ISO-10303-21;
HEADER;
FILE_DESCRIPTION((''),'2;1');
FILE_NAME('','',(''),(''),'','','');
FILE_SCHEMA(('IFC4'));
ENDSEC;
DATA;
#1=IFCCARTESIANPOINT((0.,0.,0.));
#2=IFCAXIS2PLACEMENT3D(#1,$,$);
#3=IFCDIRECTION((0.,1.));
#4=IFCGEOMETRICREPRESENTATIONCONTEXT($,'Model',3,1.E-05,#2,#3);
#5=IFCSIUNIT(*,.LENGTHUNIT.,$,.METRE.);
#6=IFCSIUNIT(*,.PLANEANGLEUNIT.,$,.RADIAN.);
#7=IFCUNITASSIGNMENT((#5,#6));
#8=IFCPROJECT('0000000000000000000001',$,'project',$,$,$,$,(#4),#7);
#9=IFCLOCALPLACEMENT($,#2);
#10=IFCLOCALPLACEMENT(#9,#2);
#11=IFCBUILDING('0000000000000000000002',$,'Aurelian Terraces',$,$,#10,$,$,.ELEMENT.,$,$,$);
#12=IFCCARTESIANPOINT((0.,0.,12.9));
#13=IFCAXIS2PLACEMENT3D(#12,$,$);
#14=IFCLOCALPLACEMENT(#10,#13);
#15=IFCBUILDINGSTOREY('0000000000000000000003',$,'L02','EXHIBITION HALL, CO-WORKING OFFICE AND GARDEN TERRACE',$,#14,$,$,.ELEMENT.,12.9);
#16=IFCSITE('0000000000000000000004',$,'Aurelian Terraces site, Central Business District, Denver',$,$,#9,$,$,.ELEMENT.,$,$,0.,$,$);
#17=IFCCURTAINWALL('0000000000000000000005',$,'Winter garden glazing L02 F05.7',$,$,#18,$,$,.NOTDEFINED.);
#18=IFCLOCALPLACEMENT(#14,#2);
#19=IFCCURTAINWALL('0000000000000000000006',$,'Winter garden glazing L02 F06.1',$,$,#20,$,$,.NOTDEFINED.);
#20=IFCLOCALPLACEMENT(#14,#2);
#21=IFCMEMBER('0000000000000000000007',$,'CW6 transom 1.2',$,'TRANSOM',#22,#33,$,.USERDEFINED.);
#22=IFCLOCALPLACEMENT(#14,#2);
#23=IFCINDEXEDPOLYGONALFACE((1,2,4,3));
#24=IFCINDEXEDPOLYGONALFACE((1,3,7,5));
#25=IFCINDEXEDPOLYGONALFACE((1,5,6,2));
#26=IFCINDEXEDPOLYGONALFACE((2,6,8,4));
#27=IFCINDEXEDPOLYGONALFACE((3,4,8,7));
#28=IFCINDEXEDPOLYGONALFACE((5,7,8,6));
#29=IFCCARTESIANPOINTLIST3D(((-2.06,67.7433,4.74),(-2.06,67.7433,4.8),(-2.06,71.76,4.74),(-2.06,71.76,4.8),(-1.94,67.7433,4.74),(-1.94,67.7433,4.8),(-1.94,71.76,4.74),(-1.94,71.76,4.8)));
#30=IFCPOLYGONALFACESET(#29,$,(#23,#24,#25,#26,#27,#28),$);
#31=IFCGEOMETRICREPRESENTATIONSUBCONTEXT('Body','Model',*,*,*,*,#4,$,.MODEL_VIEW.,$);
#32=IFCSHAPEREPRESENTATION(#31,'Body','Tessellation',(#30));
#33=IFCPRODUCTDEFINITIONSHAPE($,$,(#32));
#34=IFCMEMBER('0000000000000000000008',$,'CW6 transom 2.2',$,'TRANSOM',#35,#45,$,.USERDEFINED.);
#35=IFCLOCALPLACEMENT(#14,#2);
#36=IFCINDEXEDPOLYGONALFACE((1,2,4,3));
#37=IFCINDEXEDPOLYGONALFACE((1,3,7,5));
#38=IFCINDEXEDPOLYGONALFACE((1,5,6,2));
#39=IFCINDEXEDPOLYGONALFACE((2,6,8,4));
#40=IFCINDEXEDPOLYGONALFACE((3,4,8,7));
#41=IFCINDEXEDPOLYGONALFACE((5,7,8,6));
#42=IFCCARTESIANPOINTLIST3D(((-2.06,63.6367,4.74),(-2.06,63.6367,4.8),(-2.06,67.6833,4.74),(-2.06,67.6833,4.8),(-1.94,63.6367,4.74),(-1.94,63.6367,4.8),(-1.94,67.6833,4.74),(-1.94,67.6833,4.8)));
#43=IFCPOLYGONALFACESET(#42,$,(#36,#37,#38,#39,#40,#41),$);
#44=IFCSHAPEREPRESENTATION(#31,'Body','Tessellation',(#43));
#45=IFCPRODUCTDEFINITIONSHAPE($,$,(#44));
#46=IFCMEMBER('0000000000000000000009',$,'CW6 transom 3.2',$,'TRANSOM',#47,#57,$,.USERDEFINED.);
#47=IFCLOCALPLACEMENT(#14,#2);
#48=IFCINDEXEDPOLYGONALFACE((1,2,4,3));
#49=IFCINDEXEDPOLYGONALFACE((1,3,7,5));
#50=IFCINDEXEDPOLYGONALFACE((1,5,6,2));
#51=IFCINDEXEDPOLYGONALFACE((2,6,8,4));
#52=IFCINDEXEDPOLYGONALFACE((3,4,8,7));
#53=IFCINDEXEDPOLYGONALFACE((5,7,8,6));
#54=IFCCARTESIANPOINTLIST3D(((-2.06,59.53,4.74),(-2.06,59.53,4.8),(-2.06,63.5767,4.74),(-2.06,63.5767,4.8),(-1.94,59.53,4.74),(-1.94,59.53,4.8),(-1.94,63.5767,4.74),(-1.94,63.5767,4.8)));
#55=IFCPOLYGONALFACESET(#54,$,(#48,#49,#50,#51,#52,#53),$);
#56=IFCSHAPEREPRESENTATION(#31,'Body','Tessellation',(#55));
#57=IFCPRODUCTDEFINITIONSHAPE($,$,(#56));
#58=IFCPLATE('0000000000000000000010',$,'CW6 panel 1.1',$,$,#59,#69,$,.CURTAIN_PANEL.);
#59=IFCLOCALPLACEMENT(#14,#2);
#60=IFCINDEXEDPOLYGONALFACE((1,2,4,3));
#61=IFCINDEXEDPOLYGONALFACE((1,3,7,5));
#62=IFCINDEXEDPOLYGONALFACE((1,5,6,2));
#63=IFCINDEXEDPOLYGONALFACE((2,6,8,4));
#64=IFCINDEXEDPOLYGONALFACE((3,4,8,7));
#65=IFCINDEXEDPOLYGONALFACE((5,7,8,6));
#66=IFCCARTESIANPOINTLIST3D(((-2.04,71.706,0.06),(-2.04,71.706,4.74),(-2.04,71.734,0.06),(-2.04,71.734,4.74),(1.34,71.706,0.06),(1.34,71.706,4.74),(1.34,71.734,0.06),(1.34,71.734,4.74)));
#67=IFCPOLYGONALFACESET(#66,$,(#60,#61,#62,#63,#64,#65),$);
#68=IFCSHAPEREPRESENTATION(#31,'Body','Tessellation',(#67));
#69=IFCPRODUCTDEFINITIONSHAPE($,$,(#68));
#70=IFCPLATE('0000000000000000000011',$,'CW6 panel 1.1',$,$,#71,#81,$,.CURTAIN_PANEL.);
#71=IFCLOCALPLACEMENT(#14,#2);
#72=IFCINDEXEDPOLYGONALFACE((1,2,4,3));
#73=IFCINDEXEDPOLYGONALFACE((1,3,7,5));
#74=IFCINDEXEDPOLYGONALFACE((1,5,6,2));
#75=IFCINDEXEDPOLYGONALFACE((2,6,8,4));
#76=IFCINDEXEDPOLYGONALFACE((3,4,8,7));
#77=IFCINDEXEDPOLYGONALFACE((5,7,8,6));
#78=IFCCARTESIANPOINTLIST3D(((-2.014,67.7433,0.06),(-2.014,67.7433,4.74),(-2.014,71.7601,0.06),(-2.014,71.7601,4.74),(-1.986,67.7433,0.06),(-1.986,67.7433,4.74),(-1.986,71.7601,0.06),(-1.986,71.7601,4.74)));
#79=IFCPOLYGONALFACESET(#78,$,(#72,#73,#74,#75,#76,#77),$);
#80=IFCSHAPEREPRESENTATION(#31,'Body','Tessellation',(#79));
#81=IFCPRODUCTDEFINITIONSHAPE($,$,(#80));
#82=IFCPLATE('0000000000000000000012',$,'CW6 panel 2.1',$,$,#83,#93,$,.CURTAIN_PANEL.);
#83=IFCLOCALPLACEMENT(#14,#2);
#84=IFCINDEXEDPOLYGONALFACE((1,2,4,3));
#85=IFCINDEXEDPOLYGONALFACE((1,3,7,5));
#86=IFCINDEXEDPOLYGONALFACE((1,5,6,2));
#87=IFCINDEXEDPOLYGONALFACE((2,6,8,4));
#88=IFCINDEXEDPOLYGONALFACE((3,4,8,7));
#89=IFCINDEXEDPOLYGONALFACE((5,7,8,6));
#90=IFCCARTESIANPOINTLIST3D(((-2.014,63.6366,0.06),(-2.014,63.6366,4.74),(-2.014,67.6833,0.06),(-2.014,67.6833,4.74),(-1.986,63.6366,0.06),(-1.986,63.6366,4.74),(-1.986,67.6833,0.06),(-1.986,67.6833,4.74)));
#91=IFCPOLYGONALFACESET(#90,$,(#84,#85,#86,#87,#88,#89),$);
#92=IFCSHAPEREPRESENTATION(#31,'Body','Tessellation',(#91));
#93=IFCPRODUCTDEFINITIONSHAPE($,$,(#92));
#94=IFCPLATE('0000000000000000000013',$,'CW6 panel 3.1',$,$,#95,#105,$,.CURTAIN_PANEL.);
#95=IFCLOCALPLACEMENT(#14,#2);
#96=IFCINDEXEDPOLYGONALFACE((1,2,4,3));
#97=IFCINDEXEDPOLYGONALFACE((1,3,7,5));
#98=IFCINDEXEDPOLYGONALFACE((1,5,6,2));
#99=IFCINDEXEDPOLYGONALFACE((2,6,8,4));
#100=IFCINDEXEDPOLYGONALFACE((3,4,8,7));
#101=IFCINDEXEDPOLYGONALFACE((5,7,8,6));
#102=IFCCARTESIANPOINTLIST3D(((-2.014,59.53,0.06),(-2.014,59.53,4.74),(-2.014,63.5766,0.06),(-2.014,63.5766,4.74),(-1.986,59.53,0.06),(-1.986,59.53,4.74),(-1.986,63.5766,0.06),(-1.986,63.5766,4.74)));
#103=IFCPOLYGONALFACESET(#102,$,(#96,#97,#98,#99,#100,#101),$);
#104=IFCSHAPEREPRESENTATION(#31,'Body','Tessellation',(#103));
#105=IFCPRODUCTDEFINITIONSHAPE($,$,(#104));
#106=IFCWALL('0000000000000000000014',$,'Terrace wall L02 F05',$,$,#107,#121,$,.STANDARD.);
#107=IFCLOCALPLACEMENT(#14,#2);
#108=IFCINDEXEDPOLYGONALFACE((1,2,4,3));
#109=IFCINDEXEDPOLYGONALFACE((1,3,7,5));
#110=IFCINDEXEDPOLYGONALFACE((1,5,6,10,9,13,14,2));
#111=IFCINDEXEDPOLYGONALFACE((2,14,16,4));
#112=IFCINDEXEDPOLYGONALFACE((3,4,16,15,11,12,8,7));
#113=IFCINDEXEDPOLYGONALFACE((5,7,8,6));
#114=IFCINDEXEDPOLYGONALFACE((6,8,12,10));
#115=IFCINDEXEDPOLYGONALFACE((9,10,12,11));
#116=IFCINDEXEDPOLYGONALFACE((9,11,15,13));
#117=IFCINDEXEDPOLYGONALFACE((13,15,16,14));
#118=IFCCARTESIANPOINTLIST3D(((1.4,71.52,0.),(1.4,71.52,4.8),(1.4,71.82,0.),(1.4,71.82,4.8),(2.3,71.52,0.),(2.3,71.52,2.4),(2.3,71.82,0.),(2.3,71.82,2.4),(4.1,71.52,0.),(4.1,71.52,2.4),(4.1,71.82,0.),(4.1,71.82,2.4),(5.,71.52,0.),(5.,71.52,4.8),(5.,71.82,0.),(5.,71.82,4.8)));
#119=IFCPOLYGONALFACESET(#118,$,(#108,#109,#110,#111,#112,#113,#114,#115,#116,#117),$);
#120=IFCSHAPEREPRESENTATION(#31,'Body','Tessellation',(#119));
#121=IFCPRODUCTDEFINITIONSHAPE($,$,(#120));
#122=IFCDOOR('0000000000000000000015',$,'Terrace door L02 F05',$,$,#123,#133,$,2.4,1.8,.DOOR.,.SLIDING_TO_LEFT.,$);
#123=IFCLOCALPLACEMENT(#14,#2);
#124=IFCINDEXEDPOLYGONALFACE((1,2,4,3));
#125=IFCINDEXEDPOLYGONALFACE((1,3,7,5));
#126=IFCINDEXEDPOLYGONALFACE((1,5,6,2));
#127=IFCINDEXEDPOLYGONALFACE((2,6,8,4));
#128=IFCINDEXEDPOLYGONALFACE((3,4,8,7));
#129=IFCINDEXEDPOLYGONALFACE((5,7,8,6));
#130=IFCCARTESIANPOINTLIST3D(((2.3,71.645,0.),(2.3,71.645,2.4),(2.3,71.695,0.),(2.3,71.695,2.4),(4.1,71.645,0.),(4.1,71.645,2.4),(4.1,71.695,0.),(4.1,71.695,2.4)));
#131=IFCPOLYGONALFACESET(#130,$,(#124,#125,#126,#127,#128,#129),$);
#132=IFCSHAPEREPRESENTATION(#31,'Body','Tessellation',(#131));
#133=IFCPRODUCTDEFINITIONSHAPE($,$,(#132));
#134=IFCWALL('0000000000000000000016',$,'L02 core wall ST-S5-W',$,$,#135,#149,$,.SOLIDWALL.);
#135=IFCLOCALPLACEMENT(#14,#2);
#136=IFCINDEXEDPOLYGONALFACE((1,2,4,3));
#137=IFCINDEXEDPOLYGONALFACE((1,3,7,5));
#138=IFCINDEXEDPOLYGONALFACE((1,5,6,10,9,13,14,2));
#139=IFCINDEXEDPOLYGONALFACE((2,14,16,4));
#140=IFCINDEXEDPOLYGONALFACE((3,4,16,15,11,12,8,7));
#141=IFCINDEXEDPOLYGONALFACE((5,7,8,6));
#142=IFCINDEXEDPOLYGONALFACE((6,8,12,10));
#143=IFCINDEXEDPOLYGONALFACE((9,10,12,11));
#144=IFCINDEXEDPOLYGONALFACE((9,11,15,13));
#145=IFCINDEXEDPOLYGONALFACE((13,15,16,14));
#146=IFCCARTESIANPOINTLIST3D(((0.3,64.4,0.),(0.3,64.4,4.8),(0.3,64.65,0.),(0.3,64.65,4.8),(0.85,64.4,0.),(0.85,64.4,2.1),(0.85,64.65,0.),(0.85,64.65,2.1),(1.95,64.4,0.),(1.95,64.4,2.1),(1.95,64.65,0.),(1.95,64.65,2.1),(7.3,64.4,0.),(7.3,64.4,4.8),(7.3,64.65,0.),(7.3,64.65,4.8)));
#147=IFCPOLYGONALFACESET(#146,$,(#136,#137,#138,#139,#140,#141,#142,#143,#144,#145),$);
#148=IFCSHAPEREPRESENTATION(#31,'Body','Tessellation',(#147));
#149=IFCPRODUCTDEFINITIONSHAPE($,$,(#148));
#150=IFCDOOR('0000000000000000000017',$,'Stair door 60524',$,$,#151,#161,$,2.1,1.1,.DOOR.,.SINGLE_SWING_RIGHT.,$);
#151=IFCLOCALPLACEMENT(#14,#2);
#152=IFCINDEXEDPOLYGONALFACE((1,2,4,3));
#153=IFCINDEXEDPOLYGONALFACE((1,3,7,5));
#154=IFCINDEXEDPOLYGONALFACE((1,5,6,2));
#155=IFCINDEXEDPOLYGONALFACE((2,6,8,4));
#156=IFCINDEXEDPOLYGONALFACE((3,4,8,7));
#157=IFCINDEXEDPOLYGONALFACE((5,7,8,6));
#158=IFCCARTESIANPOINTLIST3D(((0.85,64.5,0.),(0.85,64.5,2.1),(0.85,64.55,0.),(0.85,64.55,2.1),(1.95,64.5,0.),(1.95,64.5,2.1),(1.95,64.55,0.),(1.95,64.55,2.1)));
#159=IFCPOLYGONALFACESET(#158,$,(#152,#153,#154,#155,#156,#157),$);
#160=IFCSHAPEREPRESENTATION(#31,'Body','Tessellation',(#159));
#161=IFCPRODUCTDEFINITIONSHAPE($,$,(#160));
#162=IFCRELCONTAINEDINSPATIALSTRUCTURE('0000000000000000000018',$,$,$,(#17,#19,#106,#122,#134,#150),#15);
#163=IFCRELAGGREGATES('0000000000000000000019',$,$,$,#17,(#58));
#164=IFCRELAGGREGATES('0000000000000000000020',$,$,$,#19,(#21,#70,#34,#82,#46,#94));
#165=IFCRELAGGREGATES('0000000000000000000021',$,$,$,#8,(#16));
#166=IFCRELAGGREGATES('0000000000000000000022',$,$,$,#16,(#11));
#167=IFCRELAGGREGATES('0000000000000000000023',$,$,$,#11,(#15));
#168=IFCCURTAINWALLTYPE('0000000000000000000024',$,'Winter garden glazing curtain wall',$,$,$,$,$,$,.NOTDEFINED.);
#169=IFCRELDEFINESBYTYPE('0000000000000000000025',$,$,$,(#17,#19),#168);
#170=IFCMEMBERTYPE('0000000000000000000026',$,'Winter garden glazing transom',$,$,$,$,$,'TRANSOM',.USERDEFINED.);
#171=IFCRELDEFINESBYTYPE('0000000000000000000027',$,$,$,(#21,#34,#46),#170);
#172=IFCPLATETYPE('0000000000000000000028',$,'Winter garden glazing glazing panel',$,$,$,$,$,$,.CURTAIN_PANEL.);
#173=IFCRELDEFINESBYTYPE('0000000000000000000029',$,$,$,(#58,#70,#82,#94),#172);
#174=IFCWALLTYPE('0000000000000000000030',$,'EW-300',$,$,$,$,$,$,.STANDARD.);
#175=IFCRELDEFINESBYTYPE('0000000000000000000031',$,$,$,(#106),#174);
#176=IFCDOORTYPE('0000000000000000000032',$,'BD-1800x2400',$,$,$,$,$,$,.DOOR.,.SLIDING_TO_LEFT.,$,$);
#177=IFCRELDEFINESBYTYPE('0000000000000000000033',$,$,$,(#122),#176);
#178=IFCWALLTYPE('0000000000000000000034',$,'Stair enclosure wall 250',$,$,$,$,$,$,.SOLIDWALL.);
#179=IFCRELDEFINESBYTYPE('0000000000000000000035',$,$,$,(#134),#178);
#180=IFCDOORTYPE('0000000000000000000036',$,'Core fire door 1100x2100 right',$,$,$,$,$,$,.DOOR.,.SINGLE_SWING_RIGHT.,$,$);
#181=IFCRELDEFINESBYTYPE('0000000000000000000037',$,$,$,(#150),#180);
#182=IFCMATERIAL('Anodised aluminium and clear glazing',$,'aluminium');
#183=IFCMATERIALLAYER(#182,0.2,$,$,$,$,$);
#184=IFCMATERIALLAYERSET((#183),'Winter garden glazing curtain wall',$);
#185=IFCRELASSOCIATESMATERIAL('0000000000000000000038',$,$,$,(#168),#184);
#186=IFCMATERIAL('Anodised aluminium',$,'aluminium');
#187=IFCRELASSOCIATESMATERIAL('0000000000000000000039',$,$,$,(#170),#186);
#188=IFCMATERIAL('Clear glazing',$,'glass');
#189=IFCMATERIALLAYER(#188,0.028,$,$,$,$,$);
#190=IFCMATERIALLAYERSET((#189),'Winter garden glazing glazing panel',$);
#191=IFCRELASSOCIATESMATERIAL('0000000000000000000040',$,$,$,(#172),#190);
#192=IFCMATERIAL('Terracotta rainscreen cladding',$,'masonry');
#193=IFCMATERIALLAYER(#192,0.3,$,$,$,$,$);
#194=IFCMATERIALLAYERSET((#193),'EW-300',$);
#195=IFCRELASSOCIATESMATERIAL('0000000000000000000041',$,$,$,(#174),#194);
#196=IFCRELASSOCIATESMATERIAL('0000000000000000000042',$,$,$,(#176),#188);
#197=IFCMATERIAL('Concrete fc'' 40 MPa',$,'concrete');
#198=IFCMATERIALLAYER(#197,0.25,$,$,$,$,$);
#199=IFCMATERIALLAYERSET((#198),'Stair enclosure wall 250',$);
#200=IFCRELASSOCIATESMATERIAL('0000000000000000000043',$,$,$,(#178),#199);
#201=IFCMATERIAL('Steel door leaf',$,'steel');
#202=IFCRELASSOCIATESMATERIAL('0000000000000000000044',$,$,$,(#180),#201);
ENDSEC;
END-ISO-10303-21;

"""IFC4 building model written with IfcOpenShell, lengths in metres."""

from ifc_helpers import new_model, si_unit, direction, frame, frame_2d, origin, origin_2d, place, context, subcontext, project, spatial, rectangle, extrude, source, transform, mapped, material, layer, layer_set, material_profile, profile_set, type_object, element, fill, aggregate, save


model = new_model("IFC4")

# Units and contexts
model_context = context("Model", 3, precision=1e-05, world=origin(), true_north=direction((0.0, 1.0)))
body_context = subcontext(model_context, "Body", "Model", "MODEL_VIEW")
ifc_project = project(units=[si_unit("LENGTHUNIT", "METRE"), si_unit("PLANEANGLEUNIT", "RADIAN")], contexts=[model_context])

# Site, building, storey
site_placement = place(None, origin())
site = spatial("IfcSite", under=ifc_project, at=site_placement, Name="Aurelian Terraces site, Central Business District, Denver", CompositionType="ELEMENT", RefElevation=0.0)
building_placement = place(site_placement, origin())
building = spatial("IfcBuilding", under=site, at=building_placement, Name="Aurelian Terraces", CompositionType="ELEMENT")
storey_placement = place(building_placement, frame((0.0, 0.0, 12.9)))
storey = spatial("IfcBuildingStorey", under=building, at=storey_placement, Name="L02", Description="EXHIBITION HALL, CO-WORKING OFFICE AND GARDEN TERRACE", CompositionType="ELEMENT", Elevation=12.9)

# Curtain wall
ifc_material_1 = material(Name="Anodised aluminium and clear glazing", Category="aluminium")
ifc_layer_1 = layer(ifc_material_1, 0.2)
ifc_layer_set_1 = layer_set([ifc_layer_1], Name="Winter garden glazing curtain wall")
curtain_wall_type = type_object("IfcCurtainWallType", Name="Winter garden glazing curtain wall", PredefinedType="NOTDEFINED", material=ifc_layer_set_1)
curtain_wall_1_placement = place(storey_placement, origin())
curtain_wall_1 = element("IfcCurtainWall", 1, at=curtain_wall_1_placement, inside=storey, type_object=curtain_wall_type, Name="Winter garden glazing L02 F05.7", PredefinedType="NOTDEFINED")
ifc_material_2 = material(Name="Anodised aluminium", Category="aluminium")
ifc_material_profile_1 = material_profile(ifc_material_2, rectangle(XDim=0.12, YDim=0.06, at=origin_2d()))
ifc_profile_set_1 = profile_set([ifc_material_profile_1], Name="Anodised aluminium")
member_type_1 = type_object("IfcMemberType", Name="Winter garden glazing transom", ElementType="TRANSOM", PredefinedType="USERDEFINED", material=ifc_profile_set_1)

# Curtain wall
curtain_wall_2_placement = place(storey_placement, origin())
curtain_wall_2 = element("IfcCurtainWall", 2, at=curtain_wall_2_placement, inside=storey, type_object=curtain_wall_type, Name="Winter garden glazing L02 F06.1", PredefinedType="NOTDEFINED")

# Members
shared_shape_1 = source(origin(), body_context, "Body", "SweptSolid", [
    extrude(rectangle(XDim=0.12, YDim=0.06, at=origin_2d()), origin(), (0.0, 0.0, 1.0), 4.0167),
])
member_1_placement = place(storey_placement, frame((-2.0, 71.76, 4.77), z_axis=(0.0, -1.0, 0.0), x_axis=(1.0, 0.0, 0.0)))
member_1 = element("IfcMember", 3, at=member_1_placement, type_object=member_type_1, Name="CW6 transom 1.2", ObjectType="TRANSOM", PredefinedType="USERDEFINED", context=body_context, shape_type="MappedRepresentation", body=[
    mapped(shared_shape_1, transform((0.0, 0.0, 0.0), scale=1.0)),
])
shared_shape_2 = source(origin(), body_context, "Body", "SweptSolid", [
    extrude(rectangle(XDim=0.12, YDim=0.06, at=origin_2d()), origin(), (0.0, 0.0, 1.0), 4.0466),
])
member_2_placement = place(storey_placement, frame((-2.0, 67.6833, 4.77), z_axis=(0.0, -1.0, 0.0), x_axis=(1.0, 0.0, 0.0)))
member_2 = element("IfcMember", 4, at=member_2_placement, type_object=member_type_1, Name="CW6 transom 2.2", ObjectType="TRANSOM", PredefinedType="USERDEFINED", context=body_context, shape_type="MappedRepresentation", body=[
    mapped(shared_shape_2, transform((0.0, 0.0, 0.0), scale=1.0)),
])
shared_shape_3 = source(origin(), body_context, "Body", "SweptSolid", [
    extrude(rectangle(XDim=0.12, YDim=0.06, at=origin_2d()), origin(), (0.0, 0.0, 1.0), 4.0467),
])
member_3_placement = place(storey_placement, frame((-2.0, 63.5767, 4.77), z_axis=(0.0, -1.0, 0.0), x_axis=(1.0, 0.0, 0.0)))
member_3 = element("IfcMember", 5, at=member_3_placement, type_object=member_type_1, Name="CW6 transom 3.2", ObjectType="TRANSOM", PredefinedType="USERDEFINED", context=body_context, shape_type="MappedRepresentation", body=[
    mapped(shared_shape_3, transform((0.0, 0.0, 0.0), scale=1.0)),
])

# Plates
ifc_material_3 = material(Name="Clear glazing", Category="glass")
ifc_layer_2 = layer(ifc_material_3, 0.028)
ifc_layer_set_2 = layer_set([ifc_layer_2], Name="Winter garden glazing glazing panel")
plate_type = type_object("IfcPlateType", Name="Winter garden glazing glazing panel", PredefinedType="CURTAIN_PANEL", material=ifc_layer_set_2)
plate_1_placement = place(storey_placement, frame((-0.35, 71.72, 0.06), z_axis=(0.0, 0.0, 1.0), x_axis=(-1.0, 0.0, 0.0)))
plate_1 = element("IfcPlate", 6, at=plate_1_placement, type_object=plate_type, Name="CW6 panel 1.1", PredefinedType="CURTAIN_PANEL", context=body_context, shape_type="SweptSolid", body=[
    extrude(rectangle(XDim=3.38, YDim=0.028, at=origin_2d()), origin(), (0.0, 0.0, 1.0), 4.68),
])
aggregate(curtain_wall_1, [plate_1])
plate_2_placement = place(storey_placement, frame((-2.0, 69.7517, 0.06), z_axis=(0.0, 0.0, 1.0), x_axis=(0.0, -1.0, 0.0)))
plate_2 = element("IfcPlate", 7, at=plate_2_placement, type_object=plate_type, Name="CW6 panel 1.1", PredefinedType="CURTAIN_PANEL", context=body_context, shape_type="SweptSolid", body=[
    extrude(rectangle(XDim=4.0167, YDim=0.028, at=origin_2d()), origin(), (0.0, 0.0, 1.0), 4.68),
])
plate_3_placement = place(storey_placement, frame((-2.0, 65.66, 0.06), z_axis=(0.0, 0.0, 1.0), x_axis=(0.0, -1.0, 0.0)))
plate_3 = element("IfcPlate", 8, at=plate_3_placement, type_object=plate_type, Name="CW6 panel 2.1", PredefinedType="CURTAIN_PANEL", context=body_context, shape_type="SweptSolid", body=[
    extrude(rectangle(XDim=4.0467, YDim=0.028, at=origin_2d()), origin(), (0.0, 0.0, 1.0), 4.68),
])
shared_shape_4 = source(origin(), body_context, "Body", "SweptSolid", [
    extrude(rectangle(XDim=4.0467, YDim=0.028, at=origin_2d()), origin(), (0.0, 0.0, 1.0), 4.68),
])
plate_4_placement = place(storey_placement, frame((-2.0, 61.5533, 0.06), z_axis=(0.0, 0.0, 1.0), x_axis=(0.0, -1.0, 0.0)))
plate_4 = element("IfcPlate", 9, at=plate_4_placement, type_object=plate_type, Name="CW6 panel 3.1", PredefinedType="CURTAIN_PANEL", context=body_context, shape_type="MappedRepresentation", body=[
    mapped(shared_shape_4, transform((0.0, 0.0, 0.0), scale=1.0)),
])
aggregate(curtain_wall_2, [member_1, plate_2, member_2, plate_3, member_3, plate_4])

# Walls, openings, doors
ifc_material_4 = material(Name="Terracotta rainscreen cladding", Category="masonry")
ifc_layer_3 = layer(ifc_material_4, 0.3)
ifc_layer_set_3 = layer_set([ifc_layer_3], Name="EW-300")
wall_type_1 = type_object("IfcWallType", Name="EW-300", PredefinedType="STANDARD", material=ifc_layer_set_3)
shared_shape_5 = source(origin(), body_context, "Body", "SweptSolid", [
    extrude(rectangle(XDim=3.6, YDim=0.3, at=frame_2d((1.8, 0.0))), origin(), (0.0, 0.0, 1.0), 4.8),
])
wall_1_placement = place(storey_placement, frame((5.0, 71.67, 0.0), z_axis=(0.0, 0.0, 1.0), x_axis=(-1.0, 0.0, 0.0)))
wall_1 = element("IfcWall", 10, at=wall_1_placement, inside=storey, type_object=wall_type_1, Name="Terrace wall L02 F05", PredefinedType="STANDARD", context=body_context, shape_type="MappedRepresentation", body=[
    mapped(shared_shape_5, transform((0.0, 0.0, 0.0), scale=1.0)),
])
shared_shape_6 = source(origin(), body_context, "Body", "SweptSolid", [
    extrude(rectangle(XDim=1.8, YDim=2.4, at=frame_2d((0.9, 1.2))), frame((0.0, 0.16, 0.0), z_axis=(0.0, -1.0, 0.0), x_axis=(1.0, 0.0, 0.0)), (0.0, 0.0, 1.0), 0.32),
])
opening_1_placement = place(wall_1_placement, frame((0.9, 0.0, 0.0)))
opening_1 = element("IfcOpeningElement", 11, at=opening_1_placement, cuts=wall_1, PredefinedType="OPENING", context=body_context, shape_type="MappedRepresentation", body=[
    mapped(shared_shape_6, transform((0.0, 0.0, 0.0), scale=1.0)),
])
door_type_1 = type_object("IfcDoorType", Name="BD-1800x2400", OperationType="SLIDING_TO_LEFT", PredefinedType="DOOR", material=ifc_material_3)
shared_shape_7 = source(origin(), body_context, "Body", "SweptSolid", [
    extrude(rectangle(XDim=1.8, YDim=2.4, at=frame_2d((0.9, 1.2))), frame((0.0, 0.025, 0.0), z_axis=(0.0, -1.0, 0.0), x_axis=(1.0, 0.0, 0.0)), (0.0, 0.0, 1.0), 0.05),
])
door_1_placement = place(opening_1_placement, origin())
door_1 = element("IfcDoor", 12, at=door_1_placement, inside=storey, type_object=door_type_1, Name="Terrace door L02 F05", OperationType="SLIDING_TO_LEFT", OverallHeight=2.4, OverallWidth=1.8, PredefinedType="DOOR", context=body_context, shape_type="MappedRepresentation", body=[
    mapped(shared_shape_7, transform((0.0, 0.0, 0.0), scale=1.0)),
])
fill(opening_1, door_1)
ifc_material_5 = material(Name="Concrete fc' 40 MPa", Category="concrete")
ifc_layer_4 = layer(ifc_material_5, 0.25)
ifc_layer_set_4 = layer_set([ifc_layer_4], Name="Stair enclosure wall 250")
wall_type_2 = type_object("IfcWallType", Name="Stair enclosure wall 250", PredefinedType="SOLIDWALL", material=ifc_layer_set_4)
shared_shape_8 = source(origin(), body_context, "Body", "SweptSolid", [
    extrude(rectangle(XDim=7.0, YDim=0.25, at=frame_2d((3.5, 0.0))), origin(), (0.0, 0.0, 1.0), 4.8),
])
wall_2_placement = place(storey_placement, frame((0.3, 64.525, 0.0), z_axis=(0.0, 0.0, 1.0), x_axis=(1.0, 0.0, 0.0)))
wall_2 = element("IfcWall", 13, at=wall_2_placement, inside=storey, type_object=wall_type_2, Name="L02 core wall ST-S5-W", PredefinedType="SOLIDWALL", context=body_context, shape_type="MappedRepresentation", body=[
    mapped(shared_shape_8, transform((0.0, 0.0, 0.0), scale=1.0)),
])
shared_shape_9 = source(origin(), body_context, "Body", "SweptSolid", [
    extrude(rectangle(XDim=1.1, YDim=2.1, at=frame_2d((0.55, 1.05))), frame((0.0, 0.135, 0.0), z_axis=(0.0, -1.0, 0.0), x_axis=(1.0, 0.0, 0.0)), (0.0, 0.0, 1.0), 0.27),
])
opening_2_placement = place(wall_2_placement, frame((0.55, 0.0, 0.0)))
opening_2 = element("IfcOpeningElement", 14, at=opening_2_placement, cuts=wall_2, PredefinedType="OPENING", context=body_context, shape_type="MappedRepresentation", body=[
    mapped(shared_shape_9, transform((0.0, 0.0, 0.0), scale=1.0)),
])
ifc_material_6 = material(Name="Steel door leaf", Category="steel")
door_type_2 = type_object("IfcDoorType", Name="Core fire door 1100x2100 right", OperationType="SINGLE_SWING_RIGHT", PredefinedType="DOOR", material=ifc_material_6)
shared_shape_10 = source(origin(), body_context, "Body", "SweptSolid", [
    extrude(rectangle(XDim=1.1, YDim=2.1, at=frame_2d((0.55, 1.05))), frame((0.0, 0.025, 0.0), z_axis=(0.0, -1.0, 0.0), x_axis=(1.0, 0.0, 0.0)), (0.0, 0.0, 1.0), 0.05),
])
door_2_placement = place(opening_2_placement, origin())
door_2 = element("IfcDoor", 15, at=door_2_placement, inside=storey, type_object=door_type_2, Name="Stair door 60524", OperationType="SINGLE_SWING_RIGHT", OverallHeight=2.1, OverallWidth=1.1, PredefinedType="DOOR", context=body_context, shape_type="MappedRepresentation", body=[
    mapped(shared_shape_10, transform((0.0, 0.0, 0.0), scale=1.0)),
])
fill(opening_2, door_2)

save(model, "model.ifc")
